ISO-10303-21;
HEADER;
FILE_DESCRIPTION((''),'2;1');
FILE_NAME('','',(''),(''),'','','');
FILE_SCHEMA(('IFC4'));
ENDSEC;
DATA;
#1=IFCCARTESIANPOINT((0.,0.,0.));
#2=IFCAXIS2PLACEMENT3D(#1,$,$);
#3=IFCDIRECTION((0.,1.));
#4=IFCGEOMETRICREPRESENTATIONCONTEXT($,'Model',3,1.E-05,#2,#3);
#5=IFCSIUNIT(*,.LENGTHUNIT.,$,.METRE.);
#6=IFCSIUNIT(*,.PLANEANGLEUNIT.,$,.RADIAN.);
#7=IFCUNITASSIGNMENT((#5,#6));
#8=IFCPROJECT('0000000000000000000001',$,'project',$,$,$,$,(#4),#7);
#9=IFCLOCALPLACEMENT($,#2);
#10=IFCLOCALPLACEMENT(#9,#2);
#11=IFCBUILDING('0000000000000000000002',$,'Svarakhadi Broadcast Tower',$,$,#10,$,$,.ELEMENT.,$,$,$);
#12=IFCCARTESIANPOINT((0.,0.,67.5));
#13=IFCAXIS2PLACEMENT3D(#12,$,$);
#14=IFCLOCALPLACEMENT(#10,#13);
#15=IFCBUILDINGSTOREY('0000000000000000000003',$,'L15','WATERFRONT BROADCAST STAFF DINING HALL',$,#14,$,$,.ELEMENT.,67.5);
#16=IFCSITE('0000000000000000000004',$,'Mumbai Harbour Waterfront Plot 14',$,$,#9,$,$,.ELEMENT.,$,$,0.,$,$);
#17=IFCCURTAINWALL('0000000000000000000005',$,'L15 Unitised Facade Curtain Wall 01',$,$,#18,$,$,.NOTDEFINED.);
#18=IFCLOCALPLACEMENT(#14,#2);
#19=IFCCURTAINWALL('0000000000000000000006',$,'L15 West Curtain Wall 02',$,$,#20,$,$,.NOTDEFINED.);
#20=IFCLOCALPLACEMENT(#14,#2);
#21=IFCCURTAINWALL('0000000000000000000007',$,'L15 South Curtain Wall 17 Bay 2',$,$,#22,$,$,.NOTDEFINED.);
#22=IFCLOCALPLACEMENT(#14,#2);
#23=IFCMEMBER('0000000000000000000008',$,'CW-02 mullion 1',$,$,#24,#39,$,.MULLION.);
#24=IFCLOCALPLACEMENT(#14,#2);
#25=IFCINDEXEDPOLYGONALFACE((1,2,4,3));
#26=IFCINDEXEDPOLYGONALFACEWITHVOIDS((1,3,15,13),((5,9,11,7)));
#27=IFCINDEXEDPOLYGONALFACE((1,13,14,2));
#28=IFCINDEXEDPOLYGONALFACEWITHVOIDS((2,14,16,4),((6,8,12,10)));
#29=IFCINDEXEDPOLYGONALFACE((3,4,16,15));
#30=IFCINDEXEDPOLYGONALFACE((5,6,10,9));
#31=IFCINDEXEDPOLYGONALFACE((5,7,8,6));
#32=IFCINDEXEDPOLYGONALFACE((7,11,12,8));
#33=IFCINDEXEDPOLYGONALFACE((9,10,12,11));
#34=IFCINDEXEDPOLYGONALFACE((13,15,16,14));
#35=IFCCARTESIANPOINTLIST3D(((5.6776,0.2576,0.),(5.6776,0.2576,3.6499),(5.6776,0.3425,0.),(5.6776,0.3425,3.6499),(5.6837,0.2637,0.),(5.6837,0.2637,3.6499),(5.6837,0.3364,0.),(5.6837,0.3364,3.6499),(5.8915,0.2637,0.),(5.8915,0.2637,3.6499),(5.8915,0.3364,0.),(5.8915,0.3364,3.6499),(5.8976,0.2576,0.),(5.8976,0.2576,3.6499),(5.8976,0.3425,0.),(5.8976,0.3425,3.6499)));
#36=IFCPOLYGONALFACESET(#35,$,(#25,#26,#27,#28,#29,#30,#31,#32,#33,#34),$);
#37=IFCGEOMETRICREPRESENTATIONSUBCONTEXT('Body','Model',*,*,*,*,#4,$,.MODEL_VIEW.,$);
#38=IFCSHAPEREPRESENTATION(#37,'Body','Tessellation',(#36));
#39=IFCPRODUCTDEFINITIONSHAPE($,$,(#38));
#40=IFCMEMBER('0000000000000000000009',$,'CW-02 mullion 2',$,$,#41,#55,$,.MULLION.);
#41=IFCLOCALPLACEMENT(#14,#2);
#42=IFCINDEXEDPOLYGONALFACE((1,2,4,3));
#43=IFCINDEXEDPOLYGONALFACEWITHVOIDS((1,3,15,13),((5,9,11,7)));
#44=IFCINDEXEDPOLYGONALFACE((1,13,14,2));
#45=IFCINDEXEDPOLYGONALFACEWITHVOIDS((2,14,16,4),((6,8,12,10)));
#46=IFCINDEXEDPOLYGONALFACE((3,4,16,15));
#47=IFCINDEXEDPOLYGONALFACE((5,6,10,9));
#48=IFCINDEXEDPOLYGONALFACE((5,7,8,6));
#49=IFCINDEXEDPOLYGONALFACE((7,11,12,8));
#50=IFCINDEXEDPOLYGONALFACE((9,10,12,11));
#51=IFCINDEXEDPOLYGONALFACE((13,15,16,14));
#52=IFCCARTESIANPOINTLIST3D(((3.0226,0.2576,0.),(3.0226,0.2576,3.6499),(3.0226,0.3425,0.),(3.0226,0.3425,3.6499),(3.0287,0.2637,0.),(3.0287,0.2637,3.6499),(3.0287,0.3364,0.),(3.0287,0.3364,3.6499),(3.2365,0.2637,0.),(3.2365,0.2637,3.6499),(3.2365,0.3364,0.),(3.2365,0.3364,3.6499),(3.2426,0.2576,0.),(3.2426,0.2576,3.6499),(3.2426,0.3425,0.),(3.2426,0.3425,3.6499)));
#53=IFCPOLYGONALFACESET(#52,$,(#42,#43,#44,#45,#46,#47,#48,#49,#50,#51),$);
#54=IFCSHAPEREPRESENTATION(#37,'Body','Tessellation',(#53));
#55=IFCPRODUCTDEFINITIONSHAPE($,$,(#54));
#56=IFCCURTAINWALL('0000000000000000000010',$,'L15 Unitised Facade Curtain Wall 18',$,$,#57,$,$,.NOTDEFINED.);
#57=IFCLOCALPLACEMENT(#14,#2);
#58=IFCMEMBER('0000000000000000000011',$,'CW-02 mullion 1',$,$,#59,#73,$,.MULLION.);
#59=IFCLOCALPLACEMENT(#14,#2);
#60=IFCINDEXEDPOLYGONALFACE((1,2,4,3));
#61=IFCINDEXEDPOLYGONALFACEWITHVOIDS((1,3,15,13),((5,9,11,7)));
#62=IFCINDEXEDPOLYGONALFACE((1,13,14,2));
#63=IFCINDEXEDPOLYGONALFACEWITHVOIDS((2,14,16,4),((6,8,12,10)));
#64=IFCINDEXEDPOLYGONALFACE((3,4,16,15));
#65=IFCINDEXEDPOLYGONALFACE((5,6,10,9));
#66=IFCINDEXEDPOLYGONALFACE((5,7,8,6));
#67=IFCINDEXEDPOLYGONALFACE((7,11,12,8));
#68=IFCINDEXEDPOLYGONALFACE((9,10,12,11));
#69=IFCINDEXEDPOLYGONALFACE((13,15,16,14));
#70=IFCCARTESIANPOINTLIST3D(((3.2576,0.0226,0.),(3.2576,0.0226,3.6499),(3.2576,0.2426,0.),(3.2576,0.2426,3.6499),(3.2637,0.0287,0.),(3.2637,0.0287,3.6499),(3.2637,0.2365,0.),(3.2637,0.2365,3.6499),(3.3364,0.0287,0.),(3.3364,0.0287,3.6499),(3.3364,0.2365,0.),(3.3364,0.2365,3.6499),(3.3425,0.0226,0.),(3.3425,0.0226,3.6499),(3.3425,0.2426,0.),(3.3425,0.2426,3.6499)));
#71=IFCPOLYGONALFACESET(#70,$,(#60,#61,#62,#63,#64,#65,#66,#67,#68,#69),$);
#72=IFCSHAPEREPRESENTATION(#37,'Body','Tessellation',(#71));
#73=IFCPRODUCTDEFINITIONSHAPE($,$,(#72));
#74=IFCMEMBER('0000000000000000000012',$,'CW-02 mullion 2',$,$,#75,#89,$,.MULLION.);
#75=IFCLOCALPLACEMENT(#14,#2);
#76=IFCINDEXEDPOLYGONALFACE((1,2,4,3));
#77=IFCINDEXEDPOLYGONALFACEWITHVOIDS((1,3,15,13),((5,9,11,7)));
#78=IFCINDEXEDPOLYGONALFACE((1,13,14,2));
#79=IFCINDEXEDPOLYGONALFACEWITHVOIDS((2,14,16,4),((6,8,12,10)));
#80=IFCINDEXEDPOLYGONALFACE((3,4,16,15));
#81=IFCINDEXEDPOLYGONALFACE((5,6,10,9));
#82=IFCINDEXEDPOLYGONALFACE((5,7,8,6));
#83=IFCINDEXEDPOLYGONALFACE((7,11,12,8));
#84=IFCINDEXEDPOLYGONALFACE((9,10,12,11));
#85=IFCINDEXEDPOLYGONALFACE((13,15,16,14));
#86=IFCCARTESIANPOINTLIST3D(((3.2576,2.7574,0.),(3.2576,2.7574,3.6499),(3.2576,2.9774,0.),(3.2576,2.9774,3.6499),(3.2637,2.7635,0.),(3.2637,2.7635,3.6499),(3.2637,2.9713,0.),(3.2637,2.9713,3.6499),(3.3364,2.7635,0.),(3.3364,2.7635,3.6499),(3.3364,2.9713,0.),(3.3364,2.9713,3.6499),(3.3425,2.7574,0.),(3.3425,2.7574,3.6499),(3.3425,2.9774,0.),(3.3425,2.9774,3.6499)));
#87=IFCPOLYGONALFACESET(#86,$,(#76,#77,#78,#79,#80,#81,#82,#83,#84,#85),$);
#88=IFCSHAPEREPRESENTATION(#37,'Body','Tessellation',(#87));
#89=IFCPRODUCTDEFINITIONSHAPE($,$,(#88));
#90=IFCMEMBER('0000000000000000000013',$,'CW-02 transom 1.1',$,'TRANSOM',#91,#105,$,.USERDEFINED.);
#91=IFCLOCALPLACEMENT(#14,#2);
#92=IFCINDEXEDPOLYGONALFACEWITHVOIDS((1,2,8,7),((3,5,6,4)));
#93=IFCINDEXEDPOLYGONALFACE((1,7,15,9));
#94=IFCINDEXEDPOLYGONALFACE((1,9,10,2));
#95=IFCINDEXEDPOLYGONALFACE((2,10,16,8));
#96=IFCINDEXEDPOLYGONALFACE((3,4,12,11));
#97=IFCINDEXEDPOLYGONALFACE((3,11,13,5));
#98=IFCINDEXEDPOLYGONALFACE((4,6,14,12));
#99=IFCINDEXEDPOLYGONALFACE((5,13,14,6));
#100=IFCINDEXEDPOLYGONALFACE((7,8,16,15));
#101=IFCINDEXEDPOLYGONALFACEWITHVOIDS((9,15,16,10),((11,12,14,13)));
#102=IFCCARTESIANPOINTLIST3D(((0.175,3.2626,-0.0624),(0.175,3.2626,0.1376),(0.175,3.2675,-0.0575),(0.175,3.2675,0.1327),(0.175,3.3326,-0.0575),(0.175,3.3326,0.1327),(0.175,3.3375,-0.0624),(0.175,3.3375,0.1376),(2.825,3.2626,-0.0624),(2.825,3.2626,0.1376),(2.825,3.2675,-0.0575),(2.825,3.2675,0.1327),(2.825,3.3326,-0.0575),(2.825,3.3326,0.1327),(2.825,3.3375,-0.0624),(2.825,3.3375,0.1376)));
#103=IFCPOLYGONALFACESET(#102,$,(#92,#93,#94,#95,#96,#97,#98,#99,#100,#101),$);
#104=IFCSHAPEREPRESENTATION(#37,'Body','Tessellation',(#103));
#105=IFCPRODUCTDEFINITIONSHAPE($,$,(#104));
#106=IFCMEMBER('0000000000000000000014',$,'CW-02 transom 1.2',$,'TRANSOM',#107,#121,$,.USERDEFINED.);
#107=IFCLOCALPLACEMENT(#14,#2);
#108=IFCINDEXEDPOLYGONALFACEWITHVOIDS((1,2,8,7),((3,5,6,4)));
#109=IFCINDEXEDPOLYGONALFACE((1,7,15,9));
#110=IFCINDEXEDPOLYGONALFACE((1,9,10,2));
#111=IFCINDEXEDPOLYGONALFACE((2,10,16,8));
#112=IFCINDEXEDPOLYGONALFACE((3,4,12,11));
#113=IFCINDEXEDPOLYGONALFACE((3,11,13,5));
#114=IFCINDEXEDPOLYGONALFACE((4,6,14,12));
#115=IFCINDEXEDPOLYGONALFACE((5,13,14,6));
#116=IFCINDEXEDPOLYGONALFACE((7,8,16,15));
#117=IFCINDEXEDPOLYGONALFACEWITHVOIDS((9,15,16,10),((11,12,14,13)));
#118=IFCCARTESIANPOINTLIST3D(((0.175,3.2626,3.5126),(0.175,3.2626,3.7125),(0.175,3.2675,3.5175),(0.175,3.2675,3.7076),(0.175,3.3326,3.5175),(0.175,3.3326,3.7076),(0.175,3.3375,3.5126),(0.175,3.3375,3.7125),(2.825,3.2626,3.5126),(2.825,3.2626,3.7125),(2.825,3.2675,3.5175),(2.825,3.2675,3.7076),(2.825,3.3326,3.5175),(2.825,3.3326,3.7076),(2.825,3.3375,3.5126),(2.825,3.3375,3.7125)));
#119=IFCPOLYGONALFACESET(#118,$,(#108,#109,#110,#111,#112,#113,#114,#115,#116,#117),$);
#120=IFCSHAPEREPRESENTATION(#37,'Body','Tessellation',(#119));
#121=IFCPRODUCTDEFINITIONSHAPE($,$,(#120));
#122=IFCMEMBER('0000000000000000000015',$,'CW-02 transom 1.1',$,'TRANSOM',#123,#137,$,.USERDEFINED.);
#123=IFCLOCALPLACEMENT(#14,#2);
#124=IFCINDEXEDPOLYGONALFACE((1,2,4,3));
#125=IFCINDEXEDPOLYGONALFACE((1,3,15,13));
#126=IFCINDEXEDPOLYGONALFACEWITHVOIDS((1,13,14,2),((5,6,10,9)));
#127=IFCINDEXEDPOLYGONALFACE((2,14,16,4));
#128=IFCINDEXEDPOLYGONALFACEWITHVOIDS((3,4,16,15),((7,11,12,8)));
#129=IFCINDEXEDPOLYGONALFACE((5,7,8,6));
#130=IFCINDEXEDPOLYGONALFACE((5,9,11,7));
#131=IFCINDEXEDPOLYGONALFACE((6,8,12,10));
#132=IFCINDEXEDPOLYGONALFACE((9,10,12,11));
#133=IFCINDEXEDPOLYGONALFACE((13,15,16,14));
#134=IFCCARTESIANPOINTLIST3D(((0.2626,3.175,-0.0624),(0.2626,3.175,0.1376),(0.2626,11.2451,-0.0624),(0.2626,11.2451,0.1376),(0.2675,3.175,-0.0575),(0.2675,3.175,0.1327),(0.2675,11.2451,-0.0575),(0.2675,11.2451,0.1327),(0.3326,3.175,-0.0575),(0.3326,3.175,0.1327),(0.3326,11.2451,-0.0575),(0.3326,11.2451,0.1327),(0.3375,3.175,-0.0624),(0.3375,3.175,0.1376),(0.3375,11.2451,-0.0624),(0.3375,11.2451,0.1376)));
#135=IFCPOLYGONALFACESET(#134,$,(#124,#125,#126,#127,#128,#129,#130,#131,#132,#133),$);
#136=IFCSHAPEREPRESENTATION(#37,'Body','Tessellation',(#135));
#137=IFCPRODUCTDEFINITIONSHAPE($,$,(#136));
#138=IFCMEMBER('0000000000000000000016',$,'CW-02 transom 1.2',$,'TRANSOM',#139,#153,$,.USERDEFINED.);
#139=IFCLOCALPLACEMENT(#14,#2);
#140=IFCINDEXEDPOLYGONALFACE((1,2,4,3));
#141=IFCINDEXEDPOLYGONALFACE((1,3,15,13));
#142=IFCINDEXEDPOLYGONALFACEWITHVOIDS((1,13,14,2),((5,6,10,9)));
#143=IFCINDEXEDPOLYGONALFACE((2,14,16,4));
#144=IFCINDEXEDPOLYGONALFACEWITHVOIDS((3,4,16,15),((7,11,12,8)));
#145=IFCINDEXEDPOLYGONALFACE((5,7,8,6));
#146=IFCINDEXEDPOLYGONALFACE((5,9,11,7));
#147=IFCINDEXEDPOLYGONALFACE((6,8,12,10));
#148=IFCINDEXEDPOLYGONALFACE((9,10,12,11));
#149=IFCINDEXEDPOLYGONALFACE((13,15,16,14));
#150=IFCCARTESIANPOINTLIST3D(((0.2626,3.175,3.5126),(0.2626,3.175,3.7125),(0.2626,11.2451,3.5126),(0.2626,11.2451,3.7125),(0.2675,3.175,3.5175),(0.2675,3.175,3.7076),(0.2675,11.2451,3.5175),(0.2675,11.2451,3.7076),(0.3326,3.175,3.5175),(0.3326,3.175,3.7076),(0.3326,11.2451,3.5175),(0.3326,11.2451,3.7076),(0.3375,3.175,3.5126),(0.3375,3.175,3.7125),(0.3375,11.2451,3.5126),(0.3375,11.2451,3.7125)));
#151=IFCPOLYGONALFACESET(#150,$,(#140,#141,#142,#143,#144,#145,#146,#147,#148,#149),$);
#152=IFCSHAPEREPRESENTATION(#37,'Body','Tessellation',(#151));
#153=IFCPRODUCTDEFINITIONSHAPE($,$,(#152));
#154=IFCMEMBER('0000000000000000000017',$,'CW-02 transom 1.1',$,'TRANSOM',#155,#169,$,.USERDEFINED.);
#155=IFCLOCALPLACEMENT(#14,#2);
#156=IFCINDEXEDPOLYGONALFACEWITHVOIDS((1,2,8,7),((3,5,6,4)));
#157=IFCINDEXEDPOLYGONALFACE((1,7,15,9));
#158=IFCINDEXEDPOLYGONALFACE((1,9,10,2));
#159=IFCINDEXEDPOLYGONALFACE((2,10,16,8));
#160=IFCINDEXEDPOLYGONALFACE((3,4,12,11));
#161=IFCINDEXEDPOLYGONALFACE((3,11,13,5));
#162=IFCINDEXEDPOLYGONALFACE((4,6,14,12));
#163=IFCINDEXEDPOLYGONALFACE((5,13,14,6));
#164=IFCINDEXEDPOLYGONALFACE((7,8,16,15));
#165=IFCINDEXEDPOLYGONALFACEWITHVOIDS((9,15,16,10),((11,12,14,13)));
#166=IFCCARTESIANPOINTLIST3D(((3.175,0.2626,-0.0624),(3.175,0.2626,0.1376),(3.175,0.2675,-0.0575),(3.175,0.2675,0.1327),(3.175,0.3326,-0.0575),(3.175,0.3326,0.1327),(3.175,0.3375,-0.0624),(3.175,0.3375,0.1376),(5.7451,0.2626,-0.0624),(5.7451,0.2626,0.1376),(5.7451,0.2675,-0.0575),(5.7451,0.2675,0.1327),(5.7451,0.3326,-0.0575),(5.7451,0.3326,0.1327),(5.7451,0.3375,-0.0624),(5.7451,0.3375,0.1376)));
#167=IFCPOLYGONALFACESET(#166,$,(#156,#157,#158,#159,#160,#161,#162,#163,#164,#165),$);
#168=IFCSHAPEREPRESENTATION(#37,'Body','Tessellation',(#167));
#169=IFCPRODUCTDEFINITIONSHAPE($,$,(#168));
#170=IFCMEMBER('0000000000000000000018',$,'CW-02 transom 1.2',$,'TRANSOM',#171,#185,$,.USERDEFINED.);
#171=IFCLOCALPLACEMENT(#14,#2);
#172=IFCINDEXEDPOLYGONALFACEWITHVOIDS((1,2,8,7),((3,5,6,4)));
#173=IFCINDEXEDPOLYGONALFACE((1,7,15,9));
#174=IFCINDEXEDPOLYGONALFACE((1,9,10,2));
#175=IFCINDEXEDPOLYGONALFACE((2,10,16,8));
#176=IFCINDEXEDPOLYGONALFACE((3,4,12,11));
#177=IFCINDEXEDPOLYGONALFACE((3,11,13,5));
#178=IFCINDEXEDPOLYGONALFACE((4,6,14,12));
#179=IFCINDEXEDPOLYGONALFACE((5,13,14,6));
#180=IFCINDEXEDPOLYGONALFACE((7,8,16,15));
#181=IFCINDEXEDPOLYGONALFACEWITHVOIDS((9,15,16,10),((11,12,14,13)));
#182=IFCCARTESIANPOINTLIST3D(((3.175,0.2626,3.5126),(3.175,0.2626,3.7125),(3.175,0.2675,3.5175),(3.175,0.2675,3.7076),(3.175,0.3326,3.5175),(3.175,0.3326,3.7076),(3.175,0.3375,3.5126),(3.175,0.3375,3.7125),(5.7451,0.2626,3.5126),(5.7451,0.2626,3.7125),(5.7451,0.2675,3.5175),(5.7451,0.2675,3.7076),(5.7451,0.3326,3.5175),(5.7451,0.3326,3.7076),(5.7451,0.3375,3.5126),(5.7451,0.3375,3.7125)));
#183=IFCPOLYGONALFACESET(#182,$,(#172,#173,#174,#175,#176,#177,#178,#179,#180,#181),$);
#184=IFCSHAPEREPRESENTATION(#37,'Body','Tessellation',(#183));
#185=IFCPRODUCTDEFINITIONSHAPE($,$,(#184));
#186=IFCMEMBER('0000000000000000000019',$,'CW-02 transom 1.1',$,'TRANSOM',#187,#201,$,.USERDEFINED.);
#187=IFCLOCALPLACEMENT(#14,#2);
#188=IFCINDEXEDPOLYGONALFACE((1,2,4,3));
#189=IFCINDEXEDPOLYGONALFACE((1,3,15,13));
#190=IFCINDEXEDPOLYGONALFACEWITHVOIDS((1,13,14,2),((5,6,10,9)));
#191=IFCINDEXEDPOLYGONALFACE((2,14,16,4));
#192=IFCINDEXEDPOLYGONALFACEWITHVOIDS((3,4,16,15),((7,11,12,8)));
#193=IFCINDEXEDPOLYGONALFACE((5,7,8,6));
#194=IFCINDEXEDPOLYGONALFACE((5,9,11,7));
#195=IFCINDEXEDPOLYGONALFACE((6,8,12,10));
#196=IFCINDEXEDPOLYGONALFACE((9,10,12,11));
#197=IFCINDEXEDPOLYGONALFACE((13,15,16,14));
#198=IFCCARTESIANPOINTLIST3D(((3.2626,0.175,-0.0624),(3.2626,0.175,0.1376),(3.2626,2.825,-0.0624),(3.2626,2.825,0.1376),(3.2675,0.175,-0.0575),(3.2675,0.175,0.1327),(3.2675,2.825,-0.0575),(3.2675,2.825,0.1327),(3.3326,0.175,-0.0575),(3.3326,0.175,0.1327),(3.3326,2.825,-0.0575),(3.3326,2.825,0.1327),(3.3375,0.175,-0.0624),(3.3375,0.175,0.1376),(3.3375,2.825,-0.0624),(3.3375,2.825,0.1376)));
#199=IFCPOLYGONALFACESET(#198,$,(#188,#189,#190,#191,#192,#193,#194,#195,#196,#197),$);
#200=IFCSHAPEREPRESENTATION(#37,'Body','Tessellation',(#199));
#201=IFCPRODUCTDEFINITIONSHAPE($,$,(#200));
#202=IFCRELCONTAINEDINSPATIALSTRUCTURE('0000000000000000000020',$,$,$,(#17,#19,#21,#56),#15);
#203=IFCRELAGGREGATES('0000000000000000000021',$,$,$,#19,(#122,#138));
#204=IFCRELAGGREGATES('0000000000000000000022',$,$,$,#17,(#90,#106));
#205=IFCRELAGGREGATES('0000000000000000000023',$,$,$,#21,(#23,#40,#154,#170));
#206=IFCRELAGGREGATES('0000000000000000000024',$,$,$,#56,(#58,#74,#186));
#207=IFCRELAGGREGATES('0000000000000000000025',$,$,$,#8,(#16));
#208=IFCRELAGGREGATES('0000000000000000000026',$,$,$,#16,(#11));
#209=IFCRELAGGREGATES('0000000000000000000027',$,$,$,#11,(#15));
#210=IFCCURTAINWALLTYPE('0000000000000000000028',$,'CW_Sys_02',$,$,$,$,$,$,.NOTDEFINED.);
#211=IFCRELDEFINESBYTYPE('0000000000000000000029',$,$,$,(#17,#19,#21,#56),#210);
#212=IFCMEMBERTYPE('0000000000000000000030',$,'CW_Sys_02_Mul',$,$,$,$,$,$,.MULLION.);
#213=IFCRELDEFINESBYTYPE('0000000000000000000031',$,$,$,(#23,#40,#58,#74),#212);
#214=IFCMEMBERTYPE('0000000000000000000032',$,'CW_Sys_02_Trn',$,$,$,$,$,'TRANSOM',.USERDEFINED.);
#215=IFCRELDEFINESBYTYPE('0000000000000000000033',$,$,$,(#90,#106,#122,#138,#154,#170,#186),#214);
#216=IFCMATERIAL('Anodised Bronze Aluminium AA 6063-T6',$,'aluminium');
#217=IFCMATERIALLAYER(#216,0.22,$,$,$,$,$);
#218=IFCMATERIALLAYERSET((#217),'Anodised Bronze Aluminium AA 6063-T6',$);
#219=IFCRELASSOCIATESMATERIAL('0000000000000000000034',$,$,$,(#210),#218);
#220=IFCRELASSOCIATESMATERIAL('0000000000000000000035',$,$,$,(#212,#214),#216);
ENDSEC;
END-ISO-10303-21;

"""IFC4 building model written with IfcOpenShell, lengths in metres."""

from ifc_helpers import new_model, si_unit, direction, frame, origin, origin_2d, place, context, subcontext, project, spatial, hollow_rectangle, extrude, material, layer, layer_set, material_profile, profile_set, type_object, element, aggregate, save


model = new_model("IFC4")

# Units and contexts
model_context = context("Model", 3, precision=1e-05, world=origin(), true_north=direction((0.0, 1.0)))
body_context = subcontext(model_context, "Body", "Model", "MODEL_VIEW")
ifc_project = project(units=[si_unit("LENGTHUNIT", "METRE"), si_unit("PLANEANGLEUNIT", "RADIAN")], contexts=[model_context])

# Site, building, storey
site_placement = place(None, origin())
site = spatial("IfcSite", under=ifc_project, at=site_placement, Name="Mumbai Harbour Waterfront Plot 14", CompositionType="ELEMENT", RefElevation=0.0)
building_placement = place(site_placement, origin())
building = spatial("IfcBuilding", under=site, at=building_placement, Name="Svarakhadi Broadcast Tower", CompositionType="ELEMENT")
storey_placement = place(building_placement, frame((0.0, 0.0, 67.5)))
storey = spatial("IfcBuildingStorey", under=building, at=storey_placement, Name="L15", Description="WATERFRONT BROADCAST STAFF DINING HALL", CompositionType="ELEMENT", Elevation=67.5)

# Curtain wall
ifc_material_1 = material(Name="Anodised Bronze Aluminium AA 6063-T6", Category="aluminium")
ifc_layer_1 = layer(ifc_material_1, 0.22)
ifc_layer_set_1 = layer_set([ifc_layer_1], Name="Anodised Bronze Aluminium AA 6063-T6")
curtain_wall_type = type_object("IfcCurtainWallType", Name="CW_Sys_02", PredefinedType="NOTDEFINED", material=ifc_layer_set_1)
curtain_wall_1_placement = place(storey_placement, origin())
curtain_wall_1 = element("IfcCurtainWall", 1, at=curtain_wall_1_placement, inside=storey, type_object=curtain_wall_type, Name="L15 Unitised Facade Curtain Wall 01", PredefinedType="NOTDEFINED")
ifc_material_profile_1 = material_profile(ifc_material_1, hollow_rectangle(XDim=0.085, YDim=0.22, WallThickness=0.0061, at=origin_2d()), Name="ALU MULLION 220x85x6")
ifc_profile_set_1 = profile_set([ifc_material_profile_1], Name="Anodised Bronze Aluminium AA 6063-T6")
member_type_1 = type_object("IfcMemberType", Name="CW_Sys_02_Mul", PredefinedType="MULLION", material=ifc_profile_set_1)

# Curtain wall
curtain_wall_2_placement = place(storey_placement, origin())
curtain_wall_2 = element("IfcCurtainWall", 2, at=curtain_wall_2_placement, inside=storey, type_object=curtain_wall_type, Name="L15 West Curtain Wall 02", PredefinedType="NOTDEFINED")

# Curtain walls, members
curtain_wall_3_placement = place(storey_placement, origin())
curtain_wall_3 = element("IfcCurtainWall", 3, at=curtain_wall_3_placement, inside=storey, type_object=curtain_wall_type, Name="L15 South Curtain Wall 17 Bay 2", PredefinedType="NOTDEFINED")
member_1_placement = place(storey_placement, frame((5.7876, 0.3, 0.0), z_axis=(0.0, 0.0, 1.0), x_axis=(0.0, -1.0, 0.0)))
member_1 = element("IfcMember", 4, at=member_1_placement, type_object=member_type_1, Name="CW-02 mullion 1", PredefinedType="MULLION", context=body_context, shape_type="SweptSolid", body=[
    extrude(hollow_rectangle(XDim=0.085, YDim=0.22, WallThickness=0.0061, at=origin_2d()), origin(), (0.0, 0.0, 1.0), 3.6499),
])
member_2_placement = place(storey_placement, frame((3.1326, 0.3, 0.0), z_axis=(0.0, 0.0, 1.0), x_axis=(0.0, -1.0, 0.0)))
member_2 = element("IfcMember", 5, at=member_2_placement, type_object=member_type_1, Name="CW-02 mullion 2", PredefinedType="MULLION", context=body_context, shape_type="SweptSolid", body=[
    extrude(hollow_rectangle(XDim=0.085, YDim=0.22, WallThickness=0.0061, at=origin_2d()), origin(), (0.0, 0.0, 1.0), 3.6499),
])
curtain_wall_4_placement = place(storey_placement, origin())
curtain_wall_4 = element("IfcCurtainWall", 6, at=curtain_wall_4_placement, inside=storey, type_object=curtain_wall_type, Name="L15 Unitised Facade Curtain Wall 18", PredefinedType="NOTDEFINED")
member_3_placement = place(storey_placement, frame((3.3, 0.1326, 0.0), z_axis=(0.0, 0.0, 1.0), x_axis=(-1.0, 0.0, 0.0)))
member_3 = element("IfcMember", 7, at=member_3_placement, type_object=member_type_1, Name="CW-02 mullion 1", PredefinedType="MULLION", context=body_context, shape_type="SweptSolid", body=[
    extrude(hollow_rectangle(XDim=0.085, YDim=0.22, WallThickness=0.0061, at=origin_2d()), origin(), (0.0, 0.0, 1.0), 3.6499),
])
member_4_placement = place(storey_placement, frame((3.3, 2.8674, 0.0), z_axis=(0.0, 0.0, 1.0), x_axis=(-1.0, 0.0, 0.0)))
member_4 = element("IfcMember", 8, at=member_4_placement, type_object=member_type_1, Name="CW-02 mullion 2", PredefinedType="MULLION", context=body_context, shape_type="SweptSolid", body=[
    extrude(hollow_rectangle(XDim=0.085, YDim=0.22, WallThickness=0.0061, at=origin_2d()), origin(), (0.0, 0.0, 1.0), 3.6499),
])

# Members
ifc_material_profile_2 = material_profile(ifc_material_1, hollow_rectangle(XDim=0.075, YDim=0.2, WallThickness=0.0049, at=origin_2d()), Name="ALU TRANSOM 200x75x5")
ifc_profile_set_2 = profile_set([ifc_material_profile_2], Name="Anodised Bronze Aluminium AA 6063-T6")
member_type_2 = type_object("IfcMemberType", Name="CW_Sys_02_Trn", ElementType="TRANSOM", PredefinedType="USERDEFINED", material=ifc_profile_set_2)
member_5_placement = place(storey_placement, frame((2.825, 3.3, 0.0376), z_axis=(-1.0, 0.0, 0.0), x_axis=(0.0, -1.0, 0.0)))
member_5 = element("IfcMember", 9, at=member_5_placement, type_object=member_type_2, Name="CW-02 transom 1.1", ObjectType="TRANSOM", PredefinedType="USERDEFINED", context=body_context, shape_type="SweptSolid", body=[
    extrude(hollow_rectangle(XDim=0.075, YDim=0.2, WallThickness=0.0049, at=origin_2d()), origin(), (0.0, 0.0, 1.0), 2.6499),
])
member_6_placement = place(storey_placement, frame((2.825, 3.3, 3.6125), z_axis=(-1.0, 0.0, 0.0), x_axis=(0.0, -1.0, 0.0)))
member_6 = element("IfcMember", 10, at=member_6_placement, type_object=member_type_2, Name="CW-02 transom 1.2", ObjectType="TRANSOM", PredefinedType="USERDEFINED", context=body_context, shape_type="SweptSolid", body=[
    extrude(hollow_rectangle(XDim=0.075, YDim=0.2, WallThickness=0.0049, at=origin_2d()), origin(), (0.0, 0.0, 1.0), 2.6499),
])
member_7_placement = place(storey_placement, frame((0.3, 3.175, 0.0376), z_axis=(0.0, 1.0, 0.0), x_axis=(-1.0, 0.0, 0.0)))
member_7 = element("IfcMember", 11, at=member_7_placement, type_object=member_type_2, Name="CW-02 transom 1.1", ObjectType="TRANSOM", PredefinedType="USERDEFINED", context=body_context, shape_type="SweptSolid", body=[
    extrude(hollow_rectangle(XDim=0.075, YDim=0.2, WallThickness=0.0049, at=origin_2d()), origin(), (0.0, 0.0, 1.0), 8.0701),
])
member_8_placement = place(storey_placement, frame((0.3, 3.175, 3.6125), z_axis=(0.0, 1.0, 0.0), x_axis=(-1.0, 0.0, 0.0)))
member_8 = element("IfcMember", 12, at=member_8_placement, type_object=member_type_2, Name="CW-02 transom 1.2", ObjectType="TRANSOM", PredefinedType="USERDEFINED", context=body_context, shape_type="SweptSolid", body=[
    extrude(hollow_rectangle(XDim=0.075, YDim=0.2, WallThickness=0.0049, at=origin_2d()), origin(), (0.0, 0.0, 1.0), 8.0701),
])
aggregate(curtain_wall_2, [member_7, member_8])
member_9_placement = place(storey_placement, frame((5.7451, 0.3, 0.0376), z_axis=(-1.0, 0.0, 0.0), x_axis=(0.0, -1.0, 0.0)))
member_9 = element("IfcMember", 13, at=member_9_placement, type_object=member_type_2, Name="CW-02 transom 1.1", ObjectType="TRANSOM", PredefinedType="USERDEFINED", context=body_context, shape_type="SweptSolid", body=[
    extrude(hollow_rectangle(XDim=0.075, YDim=0.2, WallThickness=0.0049, at=origin_2d()), origin(), (0.0, 0.0, 1.0), 2.5701),
])
member_10_placement = place(storey_placement, frame((5.7451, 0.3, 3.6125), z_axis=(-1.0, 0.0, 0.0), x_axis=(0.0, -1.0, 0.0)))
member_10 = element("IfcMember", 14, at=member_10_placement, type_object=member_type_2, Name="CW-02 transom 1.2", ObjectType="TRANSOM", PredefinedType="USERDEFINED", context=body_context, shape_type="SweptSolid", body=[
    extrude(hollow_rectangle(XDim=0.075, YDim=0.2, WallThickness=0.0049, at=origin_2d()), origin(), (0.0, 0.0, 1.0), 2.5701),
])
member_11_placement = place(storey_placement, frame((3.3, 0.175, 0.0376), z_axis=(0.0, 1.0, 0.0), x_axis=(-1.0, 0.0, 0.0)))
member_11 = element("IfcMember", 15, at=member_11_placement, type_object=member_type_2, Name="CW-02 transom 1.1", ObjectType="TRANSOM", PredefinedType="USERDEFINED", context=body_context, shape_type="SweptSolid", body=[
    extrude(hollow_rectangle(XDim=0.075, YDim=0.2, WallThickness=0.0049, at=origin_2d()), origin(), (0.0, 0.0, 1.0), 2.6499),
])

aggregate(curtain_wall_1, [member_5, member_6])
aggregate(curtain_wall_3, [member_1, member_2, member_9, member_10])
aggregate(curtain_wall_4, [member_3, member_4, member_11])

save(model, "model.ifc")
